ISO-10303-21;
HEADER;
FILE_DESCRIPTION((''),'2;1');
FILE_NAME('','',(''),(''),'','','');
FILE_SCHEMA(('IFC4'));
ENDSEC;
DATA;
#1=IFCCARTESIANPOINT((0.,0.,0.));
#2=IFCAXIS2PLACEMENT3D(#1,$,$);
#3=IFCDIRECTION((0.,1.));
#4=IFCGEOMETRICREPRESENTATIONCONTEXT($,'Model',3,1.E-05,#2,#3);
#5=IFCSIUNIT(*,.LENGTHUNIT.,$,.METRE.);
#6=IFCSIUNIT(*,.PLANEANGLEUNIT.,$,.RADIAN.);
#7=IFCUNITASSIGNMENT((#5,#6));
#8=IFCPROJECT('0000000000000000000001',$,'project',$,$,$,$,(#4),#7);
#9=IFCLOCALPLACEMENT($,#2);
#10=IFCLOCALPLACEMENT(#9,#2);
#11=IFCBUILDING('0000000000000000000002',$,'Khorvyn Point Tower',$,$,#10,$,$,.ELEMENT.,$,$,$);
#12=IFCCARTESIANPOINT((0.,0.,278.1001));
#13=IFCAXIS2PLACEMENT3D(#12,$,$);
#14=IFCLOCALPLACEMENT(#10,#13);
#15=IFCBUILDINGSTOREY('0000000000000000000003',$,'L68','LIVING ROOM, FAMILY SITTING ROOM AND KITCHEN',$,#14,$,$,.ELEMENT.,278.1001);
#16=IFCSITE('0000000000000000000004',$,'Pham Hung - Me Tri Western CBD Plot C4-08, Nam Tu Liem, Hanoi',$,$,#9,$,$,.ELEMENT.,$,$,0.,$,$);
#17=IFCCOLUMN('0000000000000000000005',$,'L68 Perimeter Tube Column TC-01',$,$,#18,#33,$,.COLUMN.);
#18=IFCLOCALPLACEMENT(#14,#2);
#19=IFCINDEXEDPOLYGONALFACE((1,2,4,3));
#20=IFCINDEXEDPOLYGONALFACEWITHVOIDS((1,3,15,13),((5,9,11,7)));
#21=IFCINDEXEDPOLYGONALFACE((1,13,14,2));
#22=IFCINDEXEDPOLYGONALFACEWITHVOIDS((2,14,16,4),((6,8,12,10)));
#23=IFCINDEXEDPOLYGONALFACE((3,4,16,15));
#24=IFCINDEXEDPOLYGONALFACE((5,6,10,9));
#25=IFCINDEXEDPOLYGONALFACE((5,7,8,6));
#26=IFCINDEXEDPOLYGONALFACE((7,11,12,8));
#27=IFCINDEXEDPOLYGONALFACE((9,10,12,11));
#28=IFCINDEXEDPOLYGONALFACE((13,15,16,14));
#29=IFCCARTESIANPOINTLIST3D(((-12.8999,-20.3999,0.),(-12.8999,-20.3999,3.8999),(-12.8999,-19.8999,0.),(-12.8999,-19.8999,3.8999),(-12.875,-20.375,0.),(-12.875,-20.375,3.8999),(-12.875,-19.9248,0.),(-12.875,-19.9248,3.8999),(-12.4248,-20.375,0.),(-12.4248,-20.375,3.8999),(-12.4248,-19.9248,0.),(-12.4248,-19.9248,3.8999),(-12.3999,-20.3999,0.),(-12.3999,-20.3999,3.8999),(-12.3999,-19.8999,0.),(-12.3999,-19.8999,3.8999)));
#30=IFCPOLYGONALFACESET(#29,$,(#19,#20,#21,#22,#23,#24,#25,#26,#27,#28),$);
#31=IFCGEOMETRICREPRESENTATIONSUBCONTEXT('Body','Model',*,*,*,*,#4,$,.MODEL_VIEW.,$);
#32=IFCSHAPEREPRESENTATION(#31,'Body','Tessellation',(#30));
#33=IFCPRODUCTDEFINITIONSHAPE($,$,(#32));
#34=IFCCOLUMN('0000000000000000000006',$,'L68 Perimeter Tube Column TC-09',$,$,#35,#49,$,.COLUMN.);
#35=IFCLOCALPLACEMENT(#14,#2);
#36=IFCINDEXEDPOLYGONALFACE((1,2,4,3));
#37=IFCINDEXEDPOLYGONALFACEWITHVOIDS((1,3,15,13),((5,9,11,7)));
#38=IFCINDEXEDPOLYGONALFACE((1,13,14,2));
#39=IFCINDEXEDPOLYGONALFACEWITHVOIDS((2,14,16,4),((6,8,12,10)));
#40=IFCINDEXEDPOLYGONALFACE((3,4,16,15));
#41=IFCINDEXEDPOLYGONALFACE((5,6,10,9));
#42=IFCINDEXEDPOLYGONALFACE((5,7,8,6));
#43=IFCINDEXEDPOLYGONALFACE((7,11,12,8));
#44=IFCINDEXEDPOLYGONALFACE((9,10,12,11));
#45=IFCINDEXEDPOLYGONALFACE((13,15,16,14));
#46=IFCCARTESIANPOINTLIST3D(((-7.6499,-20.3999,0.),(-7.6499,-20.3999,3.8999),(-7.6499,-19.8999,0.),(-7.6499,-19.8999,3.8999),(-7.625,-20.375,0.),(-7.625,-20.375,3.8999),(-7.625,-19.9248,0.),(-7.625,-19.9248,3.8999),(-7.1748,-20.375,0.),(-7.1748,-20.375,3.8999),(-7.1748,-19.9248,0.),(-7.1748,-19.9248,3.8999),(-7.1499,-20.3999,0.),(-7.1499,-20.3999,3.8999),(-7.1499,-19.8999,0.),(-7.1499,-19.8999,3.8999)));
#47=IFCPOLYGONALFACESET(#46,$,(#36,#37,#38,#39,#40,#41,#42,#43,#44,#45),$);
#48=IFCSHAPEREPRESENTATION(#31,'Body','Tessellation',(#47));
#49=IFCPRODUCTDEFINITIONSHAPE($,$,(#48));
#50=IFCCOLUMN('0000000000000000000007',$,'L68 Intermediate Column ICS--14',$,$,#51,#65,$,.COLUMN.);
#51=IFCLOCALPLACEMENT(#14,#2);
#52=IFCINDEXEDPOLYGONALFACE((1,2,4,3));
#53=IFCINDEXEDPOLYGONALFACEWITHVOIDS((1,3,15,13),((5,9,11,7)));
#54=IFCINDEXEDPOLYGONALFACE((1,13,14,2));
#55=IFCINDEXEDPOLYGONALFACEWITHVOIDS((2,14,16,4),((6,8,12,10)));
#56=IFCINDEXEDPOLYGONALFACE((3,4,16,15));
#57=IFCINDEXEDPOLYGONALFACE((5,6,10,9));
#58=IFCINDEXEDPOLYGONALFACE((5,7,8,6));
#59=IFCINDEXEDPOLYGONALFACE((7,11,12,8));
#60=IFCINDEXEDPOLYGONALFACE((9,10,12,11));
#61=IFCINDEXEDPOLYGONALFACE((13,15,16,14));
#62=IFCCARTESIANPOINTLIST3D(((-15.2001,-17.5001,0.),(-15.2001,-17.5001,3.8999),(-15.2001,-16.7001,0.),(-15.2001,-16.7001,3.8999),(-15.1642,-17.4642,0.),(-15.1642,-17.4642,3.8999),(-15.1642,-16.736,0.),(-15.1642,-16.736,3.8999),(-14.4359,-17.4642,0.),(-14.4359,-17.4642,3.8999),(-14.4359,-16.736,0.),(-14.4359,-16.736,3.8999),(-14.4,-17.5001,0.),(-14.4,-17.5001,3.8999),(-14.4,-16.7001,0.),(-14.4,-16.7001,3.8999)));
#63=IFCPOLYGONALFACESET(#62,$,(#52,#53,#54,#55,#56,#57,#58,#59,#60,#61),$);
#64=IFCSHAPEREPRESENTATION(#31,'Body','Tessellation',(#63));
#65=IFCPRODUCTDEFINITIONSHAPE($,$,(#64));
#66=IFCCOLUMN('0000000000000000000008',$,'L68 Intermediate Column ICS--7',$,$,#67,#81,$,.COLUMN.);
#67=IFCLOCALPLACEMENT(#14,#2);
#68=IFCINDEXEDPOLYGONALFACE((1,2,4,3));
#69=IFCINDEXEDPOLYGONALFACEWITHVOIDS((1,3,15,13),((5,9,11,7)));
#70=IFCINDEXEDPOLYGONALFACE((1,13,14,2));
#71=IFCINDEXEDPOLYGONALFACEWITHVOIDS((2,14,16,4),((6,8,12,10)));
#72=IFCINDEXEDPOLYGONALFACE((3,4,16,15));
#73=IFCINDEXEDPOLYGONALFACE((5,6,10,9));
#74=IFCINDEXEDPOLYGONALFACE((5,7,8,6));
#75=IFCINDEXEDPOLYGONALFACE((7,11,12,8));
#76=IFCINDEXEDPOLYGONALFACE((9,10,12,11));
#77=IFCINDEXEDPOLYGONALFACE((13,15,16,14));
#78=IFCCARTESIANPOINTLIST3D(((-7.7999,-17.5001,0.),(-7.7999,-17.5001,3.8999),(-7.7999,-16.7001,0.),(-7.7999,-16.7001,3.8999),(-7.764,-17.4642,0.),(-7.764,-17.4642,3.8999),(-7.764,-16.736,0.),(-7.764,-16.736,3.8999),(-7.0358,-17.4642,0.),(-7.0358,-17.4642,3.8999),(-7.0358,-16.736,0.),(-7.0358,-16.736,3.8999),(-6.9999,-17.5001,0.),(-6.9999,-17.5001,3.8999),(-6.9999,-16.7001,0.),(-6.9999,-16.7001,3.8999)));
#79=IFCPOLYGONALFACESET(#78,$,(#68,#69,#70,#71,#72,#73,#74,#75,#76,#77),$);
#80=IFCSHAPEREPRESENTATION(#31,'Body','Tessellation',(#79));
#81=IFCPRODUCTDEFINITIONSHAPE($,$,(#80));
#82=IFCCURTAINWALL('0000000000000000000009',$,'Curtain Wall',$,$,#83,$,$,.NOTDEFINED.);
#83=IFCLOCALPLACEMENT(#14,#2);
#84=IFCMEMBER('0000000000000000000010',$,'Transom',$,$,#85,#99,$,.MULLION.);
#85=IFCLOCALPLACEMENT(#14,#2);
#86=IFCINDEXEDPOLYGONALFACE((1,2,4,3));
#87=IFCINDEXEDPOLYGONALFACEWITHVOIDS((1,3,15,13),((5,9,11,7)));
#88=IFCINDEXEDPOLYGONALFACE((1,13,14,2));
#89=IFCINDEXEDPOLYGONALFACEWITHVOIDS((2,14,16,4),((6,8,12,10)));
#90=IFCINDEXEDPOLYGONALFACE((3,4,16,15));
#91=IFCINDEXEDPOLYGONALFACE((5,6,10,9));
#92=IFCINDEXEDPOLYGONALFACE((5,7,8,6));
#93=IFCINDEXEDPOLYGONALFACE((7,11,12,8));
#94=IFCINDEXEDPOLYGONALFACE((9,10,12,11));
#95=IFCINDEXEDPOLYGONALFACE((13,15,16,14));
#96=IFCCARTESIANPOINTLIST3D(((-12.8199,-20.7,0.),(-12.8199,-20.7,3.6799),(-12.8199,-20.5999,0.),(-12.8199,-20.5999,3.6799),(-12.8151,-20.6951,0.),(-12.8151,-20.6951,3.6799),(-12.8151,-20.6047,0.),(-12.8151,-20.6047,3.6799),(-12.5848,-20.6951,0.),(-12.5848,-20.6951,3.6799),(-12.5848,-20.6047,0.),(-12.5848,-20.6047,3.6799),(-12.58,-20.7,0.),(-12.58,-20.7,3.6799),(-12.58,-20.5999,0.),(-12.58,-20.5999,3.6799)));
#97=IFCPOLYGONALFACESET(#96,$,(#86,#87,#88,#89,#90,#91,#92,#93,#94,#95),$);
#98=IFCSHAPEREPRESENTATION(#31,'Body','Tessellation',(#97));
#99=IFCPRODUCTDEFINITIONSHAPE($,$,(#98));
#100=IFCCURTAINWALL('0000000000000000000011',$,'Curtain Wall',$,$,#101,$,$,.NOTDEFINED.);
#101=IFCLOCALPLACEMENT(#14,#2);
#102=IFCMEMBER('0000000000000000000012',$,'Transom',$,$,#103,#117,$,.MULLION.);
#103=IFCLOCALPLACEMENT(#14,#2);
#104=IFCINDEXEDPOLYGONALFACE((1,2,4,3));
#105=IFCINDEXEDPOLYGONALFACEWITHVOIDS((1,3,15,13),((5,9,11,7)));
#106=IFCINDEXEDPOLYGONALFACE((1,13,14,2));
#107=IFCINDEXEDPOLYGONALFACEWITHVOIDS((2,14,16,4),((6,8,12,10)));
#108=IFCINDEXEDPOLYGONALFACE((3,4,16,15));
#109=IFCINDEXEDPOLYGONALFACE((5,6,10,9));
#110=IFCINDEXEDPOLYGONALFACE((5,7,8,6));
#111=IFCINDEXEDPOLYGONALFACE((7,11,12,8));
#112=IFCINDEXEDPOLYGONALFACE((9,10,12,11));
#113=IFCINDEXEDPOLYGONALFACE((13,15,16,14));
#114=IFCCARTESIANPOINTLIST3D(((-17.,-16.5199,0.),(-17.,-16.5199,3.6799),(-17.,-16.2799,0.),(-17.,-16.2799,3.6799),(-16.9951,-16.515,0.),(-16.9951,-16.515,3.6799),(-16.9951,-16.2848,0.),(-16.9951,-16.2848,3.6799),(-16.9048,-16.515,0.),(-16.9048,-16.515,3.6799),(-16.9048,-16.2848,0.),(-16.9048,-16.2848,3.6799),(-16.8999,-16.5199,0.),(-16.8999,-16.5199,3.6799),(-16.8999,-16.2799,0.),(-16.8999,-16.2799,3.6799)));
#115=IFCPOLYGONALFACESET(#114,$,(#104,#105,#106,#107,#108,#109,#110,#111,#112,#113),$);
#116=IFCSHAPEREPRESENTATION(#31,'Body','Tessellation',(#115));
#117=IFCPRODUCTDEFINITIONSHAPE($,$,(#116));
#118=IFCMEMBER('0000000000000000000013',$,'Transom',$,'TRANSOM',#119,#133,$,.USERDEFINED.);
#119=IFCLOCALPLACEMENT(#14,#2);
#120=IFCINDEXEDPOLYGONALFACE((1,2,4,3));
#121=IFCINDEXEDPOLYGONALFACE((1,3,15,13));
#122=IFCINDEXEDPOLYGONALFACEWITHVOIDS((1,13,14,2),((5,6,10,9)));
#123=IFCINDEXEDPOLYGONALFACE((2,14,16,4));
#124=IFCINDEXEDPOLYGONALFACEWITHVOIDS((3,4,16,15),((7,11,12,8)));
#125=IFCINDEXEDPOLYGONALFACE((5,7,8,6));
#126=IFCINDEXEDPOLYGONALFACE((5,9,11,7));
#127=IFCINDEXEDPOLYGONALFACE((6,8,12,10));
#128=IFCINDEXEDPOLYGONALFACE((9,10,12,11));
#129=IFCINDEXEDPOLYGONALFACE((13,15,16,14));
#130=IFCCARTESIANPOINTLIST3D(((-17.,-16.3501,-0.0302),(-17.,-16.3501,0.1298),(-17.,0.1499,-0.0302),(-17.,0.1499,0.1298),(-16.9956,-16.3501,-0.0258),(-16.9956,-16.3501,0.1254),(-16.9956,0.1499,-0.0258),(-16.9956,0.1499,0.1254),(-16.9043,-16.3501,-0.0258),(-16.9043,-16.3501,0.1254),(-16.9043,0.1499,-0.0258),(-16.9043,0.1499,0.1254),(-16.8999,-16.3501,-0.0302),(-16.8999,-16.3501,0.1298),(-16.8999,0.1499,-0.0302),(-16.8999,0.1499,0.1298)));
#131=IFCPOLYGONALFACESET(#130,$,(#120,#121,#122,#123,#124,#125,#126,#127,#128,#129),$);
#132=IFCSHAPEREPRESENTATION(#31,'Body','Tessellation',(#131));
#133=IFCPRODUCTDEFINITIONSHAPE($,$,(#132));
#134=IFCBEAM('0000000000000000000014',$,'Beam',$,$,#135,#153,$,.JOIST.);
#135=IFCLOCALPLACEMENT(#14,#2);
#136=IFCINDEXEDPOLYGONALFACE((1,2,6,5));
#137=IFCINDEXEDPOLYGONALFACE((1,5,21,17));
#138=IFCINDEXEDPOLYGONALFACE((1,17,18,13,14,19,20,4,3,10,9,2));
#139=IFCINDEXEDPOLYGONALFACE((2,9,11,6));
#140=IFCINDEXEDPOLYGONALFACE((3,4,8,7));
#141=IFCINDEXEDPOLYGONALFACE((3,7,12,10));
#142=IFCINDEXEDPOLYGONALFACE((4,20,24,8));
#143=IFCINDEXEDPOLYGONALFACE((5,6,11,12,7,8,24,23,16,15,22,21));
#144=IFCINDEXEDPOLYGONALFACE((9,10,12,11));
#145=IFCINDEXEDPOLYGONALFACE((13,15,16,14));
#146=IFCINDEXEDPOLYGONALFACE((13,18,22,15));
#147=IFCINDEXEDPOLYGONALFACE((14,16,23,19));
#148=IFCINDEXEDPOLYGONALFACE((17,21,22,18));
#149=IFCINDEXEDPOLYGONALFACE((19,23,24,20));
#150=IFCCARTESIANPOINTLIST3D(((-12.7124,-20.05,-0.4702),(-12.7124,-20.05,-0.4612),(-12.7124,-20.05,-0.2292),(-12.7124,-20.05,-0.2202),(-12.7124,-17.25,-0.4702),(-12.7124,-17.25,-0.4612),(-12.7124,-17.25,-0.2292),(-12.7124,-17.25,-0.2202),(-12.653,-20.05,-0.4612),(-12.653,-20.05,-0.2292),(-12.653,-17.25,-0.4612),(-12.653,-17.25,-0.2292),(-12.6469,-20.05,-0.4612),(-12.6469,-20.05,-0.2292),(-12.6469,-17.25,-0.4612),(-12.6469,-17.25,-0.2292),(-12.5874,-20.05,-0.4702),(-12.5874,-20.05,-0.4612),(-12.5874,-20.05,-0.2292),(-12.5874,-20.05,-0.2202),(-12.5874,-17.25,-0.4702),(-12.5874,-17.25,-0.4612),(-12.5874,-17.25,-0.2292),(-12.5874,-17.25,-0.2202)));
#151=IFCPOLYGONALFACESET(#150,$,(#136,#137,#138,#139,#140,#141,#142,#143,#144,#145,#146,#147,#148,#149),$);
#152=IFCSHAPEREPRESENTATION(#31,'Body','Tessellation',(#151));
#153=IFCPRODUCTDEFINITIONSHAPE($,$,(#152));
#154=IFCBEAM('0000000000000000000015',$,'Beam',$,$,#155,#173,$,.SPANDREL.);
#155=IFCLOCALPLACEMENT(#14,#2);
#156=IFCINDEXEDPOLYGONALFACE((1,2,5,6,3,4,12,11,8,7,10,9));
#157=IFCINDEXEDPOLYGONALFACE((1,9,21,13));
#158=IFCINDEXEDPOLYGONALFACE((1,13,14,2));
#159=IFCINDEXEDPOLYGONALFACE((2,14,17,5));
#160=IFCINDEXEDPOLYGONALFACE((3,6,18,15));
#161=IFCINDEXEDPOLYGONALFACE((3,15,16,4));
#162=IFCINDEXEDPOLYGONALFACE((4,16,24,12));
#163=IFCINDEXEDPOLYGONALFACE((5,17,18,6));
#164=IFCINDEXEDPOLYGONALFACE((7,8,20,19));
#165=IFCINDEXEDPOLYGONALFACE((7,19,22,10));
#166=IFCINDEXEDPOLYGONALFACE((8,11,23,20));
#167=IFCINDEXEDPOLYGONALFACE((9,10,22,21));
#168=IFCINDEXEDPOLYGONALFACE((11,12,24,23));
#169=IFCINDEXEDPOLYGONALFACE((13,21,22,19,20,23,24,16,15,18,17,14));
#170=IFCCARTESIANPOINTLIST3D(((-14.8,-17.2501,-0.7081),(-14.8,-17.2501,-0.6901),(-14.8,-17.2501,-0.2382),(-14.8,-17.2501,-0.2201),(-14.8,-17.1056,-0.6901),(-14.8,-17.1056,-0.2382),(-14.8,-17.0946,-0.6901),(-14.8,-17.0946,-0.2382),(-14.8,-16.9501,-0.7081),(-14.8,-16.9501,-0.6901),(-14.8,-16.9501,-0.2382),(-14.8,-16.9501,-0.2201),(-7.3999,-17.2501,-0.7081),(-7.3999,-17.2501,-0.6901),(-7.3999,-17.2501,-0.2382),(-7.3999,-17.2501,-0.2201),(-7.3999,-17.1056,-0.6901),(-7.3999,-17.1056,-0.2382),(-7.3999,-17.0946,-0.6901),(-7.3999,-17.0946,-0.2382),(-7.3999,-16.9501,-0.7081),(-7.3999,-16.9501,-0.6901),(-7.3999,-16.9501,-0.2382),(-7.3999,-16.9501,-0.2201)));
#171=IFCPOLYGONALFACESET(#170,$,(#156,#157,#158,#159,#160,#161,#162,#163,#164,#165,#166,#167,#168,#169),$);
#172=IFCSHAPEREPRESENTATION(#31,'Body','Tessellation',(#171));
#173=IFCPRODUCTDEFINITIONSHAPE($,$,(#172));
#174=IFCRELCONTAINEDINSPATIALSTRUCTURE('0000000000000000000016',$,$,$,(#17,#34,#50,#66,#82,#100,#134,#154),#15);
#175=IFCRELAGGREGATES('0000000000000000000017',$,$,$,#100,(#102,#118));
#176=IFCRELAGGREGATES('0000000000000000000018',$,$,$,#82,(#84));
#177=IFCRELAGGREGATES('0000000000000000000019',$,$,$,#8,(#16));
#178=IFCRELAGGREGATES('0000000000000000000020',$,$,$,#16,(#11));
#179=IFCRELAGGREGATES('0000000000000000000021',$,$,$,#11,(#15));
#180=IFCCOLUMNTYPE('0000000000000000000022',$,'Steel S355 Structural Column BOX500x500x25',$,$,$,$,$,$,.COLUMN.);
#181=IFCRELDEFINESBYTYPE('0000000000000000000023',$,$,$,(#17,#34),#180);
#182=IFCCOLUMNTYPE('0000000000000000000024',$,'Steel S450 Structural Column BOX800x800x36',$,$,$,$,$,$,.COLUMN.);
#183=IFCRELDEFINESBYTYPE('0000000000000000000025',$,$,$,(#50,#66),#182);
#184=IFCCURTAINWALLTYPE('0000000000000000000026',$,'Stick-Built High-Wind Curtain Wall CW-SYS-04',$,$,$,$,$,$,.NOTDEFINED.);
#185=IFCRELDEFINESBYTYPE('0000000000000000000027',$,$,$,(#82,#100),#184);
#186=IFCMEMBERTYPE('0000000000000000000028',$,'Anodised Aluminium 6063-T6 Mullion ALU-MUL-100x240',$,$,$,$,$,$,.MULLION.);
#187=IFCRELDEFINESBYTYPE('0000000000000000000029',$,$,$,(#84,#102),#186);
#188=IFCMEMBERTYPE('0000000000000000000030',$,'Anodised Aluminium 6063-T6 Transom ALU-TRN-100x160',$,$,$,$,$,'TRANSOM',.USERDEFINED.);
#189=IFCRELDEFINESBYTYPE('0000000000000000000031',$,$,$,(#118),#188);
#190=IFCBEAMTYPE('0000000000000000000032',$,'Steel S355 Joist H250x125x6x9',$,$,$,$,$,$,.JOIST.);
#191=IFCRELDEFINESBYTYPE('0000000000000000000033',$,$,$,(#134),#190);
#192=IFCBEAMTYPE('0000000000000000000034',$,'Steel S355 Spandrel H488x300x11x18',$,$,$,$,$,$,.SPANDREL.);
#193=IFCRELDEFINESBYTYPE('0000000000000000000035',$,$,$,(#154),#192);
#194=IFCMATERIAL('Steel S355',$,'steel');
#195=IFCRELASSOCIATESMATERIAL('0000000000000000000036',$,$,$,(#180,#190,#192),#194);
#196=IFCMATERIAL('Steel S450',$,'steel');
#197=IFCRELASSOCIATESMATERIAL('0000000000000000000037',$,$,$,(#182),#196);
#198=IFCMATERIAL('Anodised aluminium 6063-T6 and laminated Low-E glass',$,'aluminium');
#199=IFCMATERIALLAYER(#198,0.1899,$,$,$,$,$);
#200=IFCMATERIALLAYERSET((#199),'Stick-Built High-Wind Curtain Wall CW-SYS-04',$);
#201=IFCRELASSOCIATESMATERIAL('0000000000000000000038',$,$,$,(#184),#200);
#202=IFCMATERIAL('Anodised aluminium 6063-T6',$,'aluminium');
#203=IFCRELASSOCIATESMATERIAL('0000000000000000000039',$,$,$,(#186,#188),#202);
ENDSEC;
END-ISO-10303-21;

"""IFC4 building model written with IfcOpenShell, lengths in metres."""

from ifc_helpers import new_model, si_unit, direction, frame, origin, origin_2d, place, context, subcontext, project, spatial, hollow_rectangle, i_section, extrude, material, layer, layer_set, material_profile, profile_set, type_object, element, aggregate, save


model = new_model("IFC4")

# Units and contexts
model_context = context("Model", 3, precision=1e-05, world=origin(), true_north=direction((0.0, 1.0)))
body_context = subcontext(model_context, "Body", "Model", "MODEL_VIEW")
ifc_project = project(units=[si_unit("LENGTHUNIT", "METRE"), si_unit("PLANEANGLEUNIT", "RADIAN")], contexts=[model_context])

# Site, building, storey
site_placement = place(None, origin())
site = spatial("IfcSite", under=ifc_project, at=site_placement, Name="Pham Hung - Me Tri Western CBD Plot C4-08, Nam Tu Liem, Hanoi", CompositionType="ELEMENT", RefElevation=0.0)
building_placement = place(site_placement, origin())
building = spatial("IfcBuilding", under=site, at=building_placement, Name="Khorvyn Point Tower", CompositionType="ELEMENT")
storey_placement = place(building_placement, frame((0.0, 0.0, 278.1001)))
storey = spatial("IfcBuildingStorey", under=building, at=storey_placement, Name="L68", Description="LIVING ROOM, FAMILY SITTING ROOM AND KITCHEN", CompositionType="ELEMENT", Elevation=278.1001)

# Columns
ifc_material_1 = material(Name="Steel S355", Category="steel")
ifc_material_profile_1 = material_profile(ifc_material_1, hollow_rectangle(XDim=0.5, YDim=0.5, WallThickness=0.0249, at=origin_2d()))
ifc_profile_set_1 = profile_set([ifc_material_profile_1], Name="Steel S355 BOX500x500x25")
column_type_1 = type_object("IfcColumnType", Name="Steel S355 Structural Column BOX500x500x25", PredefinedType="COLUMN", material=ifc_profile_set_1)
for number, where, z_axis, x_axis, name in (
    (1, (-12.6499, -20.1499, 0.0), (0.0, 0.0, 1.0), (1.0, 0.0, 0.0), "L68 Perimeter Tube Column TC-01"),
    (2, (-7.3999, -20.1499, 0.0), (0.0, 0.0, 1.0), (1.0, 0.0, 0.0), "L68 Perimeter Tube Column TC-09"),
):
    element("IfcColumn", number, at=place(storey_placement, frame(where, z_axis=z_axis, x_axis=x_axis)), inside=storey, type_object=column_type_1, Name=name, PredefinedType="COLUMN", context=body_context, shape_type="SweptSolid", body=[
        extrude(hollow_rectangle(XDim=0.5, YDim=0.5, WallThickness=0.0249, at=origin_2d()), origin(), (0.0, 0.0, 1.0), 3.8999),
    ])
ifc_material_2 = material(Name="Steel S450", Category="steel")
ifc_material_profile_2 = material_profile(ifc_material_2, hollow_rectangle(XDim=0.8, YDim=0.8, WallThickness=0.0359, at=origin_2d()))
ifc_profile_set_2 = profile_set([ifc_material_profile_2], Name="Steel S450 BOX800x800x36")
column_type_2 = type_object("IfcColumnType", Name="Steel S450 Structural Column BOX800x800x36", PredefinedType="COLUMN", material=ifc_profile_set_2)
for number, where, z_axis, x_axis, name in (
    (3, (-14.8, -17.1001, 0.0), (0.0, 0.0, 1.0), (1.0, 0.0, 0.0), "L68 Intermediate Column ICS--14"),
    (4, (-7.3999, -17.1001, 0.0), (0.0, 0.0, 1.0), (1.0, 0.0, 0.0), "L68 Intermediate Column ICS--7"),
):
    element("IfcColumn", number, at=place(storey_placement, frame(where, z_axis=z_axis, x_axis=x_axis)), inside=storey, type_object=column_type_2, Name=name, PredefinedType="COLUMN", context=body_context, shape_type="SweptSolid", body=[
        extrude(hollow_rectangle(XDim=0.8, YDim=0.8, WallThickness=0.0359, at=origin_2d()), origin(), (0.0, 0.0, 1.0), 3.8999),
    ])

# Curtain wall, member
ifc_material_3 = material(Name="Anodised aluminium 6063-T6 and laminated Low-E glass", Category="aluminium")
ifc_layer_1 = layer(ifc_material_3, 0.1899)
ifc_layer_set_1 = layer_set([ifc_layer_1], Name="Stick-Built High-Wind Curtain Wall CW-SYS-04")
curtain_wall_type = type_object("IfcCurtainWallType", Name="Stick-Built High-Wind Curtain Wall CW-SYS-04", PredefinedType="NOTDEFINED", material=ifc_layer_set_1)
curtain_wall_1_placement = place(storey_placement, origin())
curtain_wall_1 = element("IfcCurtainWall", 5, at=curtain_wall_1_placement, inside=storey, type_object=curtain_wall_type, Name="Curtain Wall", PredefinedType="NOTDEFINED")
ifc_material_4 = material(Name="Anodised aluminium 6063-T6", Category="aluminium")
ifc_material_profile_3 = material_profile(ifc_material_4, hollow_rectangle(XDim=0.1001, YDim=0.24, WallThickness=0.0049, at=origin_2d()))
ifc_profile_set_3 = profile_set([ifc_material_profile_3], Name="Anodised aluminium 6063-T6 ALU-MUL-100x240")
member_type_1 = type_object("IfcMemberType", Name="Anodised Aluminium 6063-T6 Mullion ALU-MUL-100x240", PredefinedType="MULLION", material=ifc_profile_set_3)
member_1_placement = place(storey_placement, frame((-12.7, -20.6499, 0.0), z_axis=(0.0, 0.0, 1.0), x_axis=(0.0, -1.0, 0.0)))
member_1 = element("IfcMember", 6, at=member_1_placement, type_object=member_type_1, Name="Transom", PredefinedType="MULLION", context=body_context, shape_type="SweptSolid", body=[
    extrude(hollow_rectangle(XDim=0.1001, YDim=0.24, WallThickness=0.0049, at=origin_2d()), origin(), (0.0, 0.0, 1.0), 3.6799),
])

# Curtain wall, members
curtain_wall_2_placement = place(storey_placement, origin())
curtain_wall_2 = element("IfcCurtainWall", 7, at=curtain_wall_2_placement, inside=storey, type_object=curtain_wall_type, Name="Curtain Wall", PredefinedType="NOTDEFINED")
member_2_placement = place(storey_placement, frame((-16.95, -16.3999, 0.0), z_axis=(0.0, 0.0, 1.0), x_axis=(-1.0, 0.0, 0.0)))
member_2 = element("IfcMember", 8, at=member_2_placement, type_object=member_type_1, Name="Transom", PredefinedType="MULLION", context=body_context, shape_type="SweptSolid", body=[
    extrude(hollow_rectangle(XDim=0.1001, YDim=0.24, WallThickness=0.0049, at=origin_2d()), origin(), (0.0, 0.0, 1.0), 3.6799),
])
ifc_material_profile_4 = material_profile(ifc_material_4, hollow_rectangle(XDim=0.1001, YDim=0.1599, WallThickness=0.0044, at=origin_2d()))
ifc_profile_set_4 = profile_set([ifc_material_profile_4], Name="Anodised aluminium 6063-T6 ALU-TRN-100x160")
member_type_2 = type_object("IfcMemberType", Name="Anodised Aluminium 6063-T6 Transom ALU-TRN-100x160", ElementType="TRANSOM", PredefinedType="USERDEFINED", material=ifc_profile_set_4)
member_3_placement = place(storey_placement, frame((-16.95, -16.3501, 0.0498), z_axis=(0.0, 1.0, 0.0), x_axis=(-1.0, 0.0, 0.0)))
member_3 = element("IfcMember", 9, at=member_3_placement, type_object=member_type_2, Name="Transom", ObjectType="TRANSOM", PredefinedType="USERDEFINED", context=body_context, shape_type="SweptSolid", body=[
    extrude(hollow_rectangle(XDim=0.1001, YDim=0.1599, WallThickness=0.0044, at=origin_2d()), origin(), (0.0, 0.0, 1.0), 16.5),
])
aggregate(curtain_wall_2, [member_2, member_3])

# Beams
ifc_material_profile_5 = material_profile(ifc_material_1, i_section(OverallWidth=0.125, OverallDepth=0.25, WebThickness=0.0061, FlangeThickness=0.009, at=origin_2d()))
ifc_profile_set_5 = profile_set([ifc_material_profile_5], Name="Steel S355 H250x125x6x9")
beam_type_1 = type_object("IfcBeamType", Name="Steel S355 Joist H250x125x6x9", PredefinedType="JOIST", material=ifc_profile_set_5)
beam_1_placement = place(storey_placement, frame((-12.6499, -20.05, -0.3452), z_axis=(0.0, 1.0, 0.0), x_axis=(-1.0, 0.0, 0.0)))
element("IfcBeam", 10, at=beam_1_placement, inside=storey, type_object=beam_type_1, Name="Beam", PredefinedType="JOIST", context=body_context, shape_type="SweptSolid", body=[
    extrude(i_section(OverallWidth=0.125, OverallDepth=0.25, WebThickness=0.0061, FlangeThickness=0.009, at=origin_2d()), origin(), (0.0, 0.0, 1.0), 2.8),
])
ifc_material_profile_6 = material_profile(ifc_material_1, i_section(OverallWidth=0.3, OverallDepth=0.488, WebThickness=0.011, FlangeThickness=0.0181, at=origin_2d()))
ifc_profile_set_6 = profile_set([ifc_material_profile_6], Name="Steel S355 H488x300x11x18")
beam_type_2 = type_object("IfcBeamType", Name="Steel S355 Spandrel H488x300x11x18", PredefinedType="SPANDREL", material=ifc_profile_set_6)
beam_2_placement = place(storey_placement, frame((-14.8, -17.1001, -0.4641), z_axis=(1.0, 0.0, 0.0), x_axis=(0.0, 1.0, 0.0)))
element("IfcBeam", 11, at=beam_2_placement, inside=storey, type_object=beam_type_2, Name="Beam", PredefinedType="SPANDREL", context=body_context, shape_type="SweptSolid", body=[
    extrude(i_section(OverallWidth=0.3, OverallDepth=0.488, WebThickness=0.011, FlangeThickness=0.0181, at=origin_2d()), origin(), (0.0, 0.0, 1.0), 7.4001),
])

aggregate(curtain_wall_1, [member_1])

save(model, "model.ifc")
